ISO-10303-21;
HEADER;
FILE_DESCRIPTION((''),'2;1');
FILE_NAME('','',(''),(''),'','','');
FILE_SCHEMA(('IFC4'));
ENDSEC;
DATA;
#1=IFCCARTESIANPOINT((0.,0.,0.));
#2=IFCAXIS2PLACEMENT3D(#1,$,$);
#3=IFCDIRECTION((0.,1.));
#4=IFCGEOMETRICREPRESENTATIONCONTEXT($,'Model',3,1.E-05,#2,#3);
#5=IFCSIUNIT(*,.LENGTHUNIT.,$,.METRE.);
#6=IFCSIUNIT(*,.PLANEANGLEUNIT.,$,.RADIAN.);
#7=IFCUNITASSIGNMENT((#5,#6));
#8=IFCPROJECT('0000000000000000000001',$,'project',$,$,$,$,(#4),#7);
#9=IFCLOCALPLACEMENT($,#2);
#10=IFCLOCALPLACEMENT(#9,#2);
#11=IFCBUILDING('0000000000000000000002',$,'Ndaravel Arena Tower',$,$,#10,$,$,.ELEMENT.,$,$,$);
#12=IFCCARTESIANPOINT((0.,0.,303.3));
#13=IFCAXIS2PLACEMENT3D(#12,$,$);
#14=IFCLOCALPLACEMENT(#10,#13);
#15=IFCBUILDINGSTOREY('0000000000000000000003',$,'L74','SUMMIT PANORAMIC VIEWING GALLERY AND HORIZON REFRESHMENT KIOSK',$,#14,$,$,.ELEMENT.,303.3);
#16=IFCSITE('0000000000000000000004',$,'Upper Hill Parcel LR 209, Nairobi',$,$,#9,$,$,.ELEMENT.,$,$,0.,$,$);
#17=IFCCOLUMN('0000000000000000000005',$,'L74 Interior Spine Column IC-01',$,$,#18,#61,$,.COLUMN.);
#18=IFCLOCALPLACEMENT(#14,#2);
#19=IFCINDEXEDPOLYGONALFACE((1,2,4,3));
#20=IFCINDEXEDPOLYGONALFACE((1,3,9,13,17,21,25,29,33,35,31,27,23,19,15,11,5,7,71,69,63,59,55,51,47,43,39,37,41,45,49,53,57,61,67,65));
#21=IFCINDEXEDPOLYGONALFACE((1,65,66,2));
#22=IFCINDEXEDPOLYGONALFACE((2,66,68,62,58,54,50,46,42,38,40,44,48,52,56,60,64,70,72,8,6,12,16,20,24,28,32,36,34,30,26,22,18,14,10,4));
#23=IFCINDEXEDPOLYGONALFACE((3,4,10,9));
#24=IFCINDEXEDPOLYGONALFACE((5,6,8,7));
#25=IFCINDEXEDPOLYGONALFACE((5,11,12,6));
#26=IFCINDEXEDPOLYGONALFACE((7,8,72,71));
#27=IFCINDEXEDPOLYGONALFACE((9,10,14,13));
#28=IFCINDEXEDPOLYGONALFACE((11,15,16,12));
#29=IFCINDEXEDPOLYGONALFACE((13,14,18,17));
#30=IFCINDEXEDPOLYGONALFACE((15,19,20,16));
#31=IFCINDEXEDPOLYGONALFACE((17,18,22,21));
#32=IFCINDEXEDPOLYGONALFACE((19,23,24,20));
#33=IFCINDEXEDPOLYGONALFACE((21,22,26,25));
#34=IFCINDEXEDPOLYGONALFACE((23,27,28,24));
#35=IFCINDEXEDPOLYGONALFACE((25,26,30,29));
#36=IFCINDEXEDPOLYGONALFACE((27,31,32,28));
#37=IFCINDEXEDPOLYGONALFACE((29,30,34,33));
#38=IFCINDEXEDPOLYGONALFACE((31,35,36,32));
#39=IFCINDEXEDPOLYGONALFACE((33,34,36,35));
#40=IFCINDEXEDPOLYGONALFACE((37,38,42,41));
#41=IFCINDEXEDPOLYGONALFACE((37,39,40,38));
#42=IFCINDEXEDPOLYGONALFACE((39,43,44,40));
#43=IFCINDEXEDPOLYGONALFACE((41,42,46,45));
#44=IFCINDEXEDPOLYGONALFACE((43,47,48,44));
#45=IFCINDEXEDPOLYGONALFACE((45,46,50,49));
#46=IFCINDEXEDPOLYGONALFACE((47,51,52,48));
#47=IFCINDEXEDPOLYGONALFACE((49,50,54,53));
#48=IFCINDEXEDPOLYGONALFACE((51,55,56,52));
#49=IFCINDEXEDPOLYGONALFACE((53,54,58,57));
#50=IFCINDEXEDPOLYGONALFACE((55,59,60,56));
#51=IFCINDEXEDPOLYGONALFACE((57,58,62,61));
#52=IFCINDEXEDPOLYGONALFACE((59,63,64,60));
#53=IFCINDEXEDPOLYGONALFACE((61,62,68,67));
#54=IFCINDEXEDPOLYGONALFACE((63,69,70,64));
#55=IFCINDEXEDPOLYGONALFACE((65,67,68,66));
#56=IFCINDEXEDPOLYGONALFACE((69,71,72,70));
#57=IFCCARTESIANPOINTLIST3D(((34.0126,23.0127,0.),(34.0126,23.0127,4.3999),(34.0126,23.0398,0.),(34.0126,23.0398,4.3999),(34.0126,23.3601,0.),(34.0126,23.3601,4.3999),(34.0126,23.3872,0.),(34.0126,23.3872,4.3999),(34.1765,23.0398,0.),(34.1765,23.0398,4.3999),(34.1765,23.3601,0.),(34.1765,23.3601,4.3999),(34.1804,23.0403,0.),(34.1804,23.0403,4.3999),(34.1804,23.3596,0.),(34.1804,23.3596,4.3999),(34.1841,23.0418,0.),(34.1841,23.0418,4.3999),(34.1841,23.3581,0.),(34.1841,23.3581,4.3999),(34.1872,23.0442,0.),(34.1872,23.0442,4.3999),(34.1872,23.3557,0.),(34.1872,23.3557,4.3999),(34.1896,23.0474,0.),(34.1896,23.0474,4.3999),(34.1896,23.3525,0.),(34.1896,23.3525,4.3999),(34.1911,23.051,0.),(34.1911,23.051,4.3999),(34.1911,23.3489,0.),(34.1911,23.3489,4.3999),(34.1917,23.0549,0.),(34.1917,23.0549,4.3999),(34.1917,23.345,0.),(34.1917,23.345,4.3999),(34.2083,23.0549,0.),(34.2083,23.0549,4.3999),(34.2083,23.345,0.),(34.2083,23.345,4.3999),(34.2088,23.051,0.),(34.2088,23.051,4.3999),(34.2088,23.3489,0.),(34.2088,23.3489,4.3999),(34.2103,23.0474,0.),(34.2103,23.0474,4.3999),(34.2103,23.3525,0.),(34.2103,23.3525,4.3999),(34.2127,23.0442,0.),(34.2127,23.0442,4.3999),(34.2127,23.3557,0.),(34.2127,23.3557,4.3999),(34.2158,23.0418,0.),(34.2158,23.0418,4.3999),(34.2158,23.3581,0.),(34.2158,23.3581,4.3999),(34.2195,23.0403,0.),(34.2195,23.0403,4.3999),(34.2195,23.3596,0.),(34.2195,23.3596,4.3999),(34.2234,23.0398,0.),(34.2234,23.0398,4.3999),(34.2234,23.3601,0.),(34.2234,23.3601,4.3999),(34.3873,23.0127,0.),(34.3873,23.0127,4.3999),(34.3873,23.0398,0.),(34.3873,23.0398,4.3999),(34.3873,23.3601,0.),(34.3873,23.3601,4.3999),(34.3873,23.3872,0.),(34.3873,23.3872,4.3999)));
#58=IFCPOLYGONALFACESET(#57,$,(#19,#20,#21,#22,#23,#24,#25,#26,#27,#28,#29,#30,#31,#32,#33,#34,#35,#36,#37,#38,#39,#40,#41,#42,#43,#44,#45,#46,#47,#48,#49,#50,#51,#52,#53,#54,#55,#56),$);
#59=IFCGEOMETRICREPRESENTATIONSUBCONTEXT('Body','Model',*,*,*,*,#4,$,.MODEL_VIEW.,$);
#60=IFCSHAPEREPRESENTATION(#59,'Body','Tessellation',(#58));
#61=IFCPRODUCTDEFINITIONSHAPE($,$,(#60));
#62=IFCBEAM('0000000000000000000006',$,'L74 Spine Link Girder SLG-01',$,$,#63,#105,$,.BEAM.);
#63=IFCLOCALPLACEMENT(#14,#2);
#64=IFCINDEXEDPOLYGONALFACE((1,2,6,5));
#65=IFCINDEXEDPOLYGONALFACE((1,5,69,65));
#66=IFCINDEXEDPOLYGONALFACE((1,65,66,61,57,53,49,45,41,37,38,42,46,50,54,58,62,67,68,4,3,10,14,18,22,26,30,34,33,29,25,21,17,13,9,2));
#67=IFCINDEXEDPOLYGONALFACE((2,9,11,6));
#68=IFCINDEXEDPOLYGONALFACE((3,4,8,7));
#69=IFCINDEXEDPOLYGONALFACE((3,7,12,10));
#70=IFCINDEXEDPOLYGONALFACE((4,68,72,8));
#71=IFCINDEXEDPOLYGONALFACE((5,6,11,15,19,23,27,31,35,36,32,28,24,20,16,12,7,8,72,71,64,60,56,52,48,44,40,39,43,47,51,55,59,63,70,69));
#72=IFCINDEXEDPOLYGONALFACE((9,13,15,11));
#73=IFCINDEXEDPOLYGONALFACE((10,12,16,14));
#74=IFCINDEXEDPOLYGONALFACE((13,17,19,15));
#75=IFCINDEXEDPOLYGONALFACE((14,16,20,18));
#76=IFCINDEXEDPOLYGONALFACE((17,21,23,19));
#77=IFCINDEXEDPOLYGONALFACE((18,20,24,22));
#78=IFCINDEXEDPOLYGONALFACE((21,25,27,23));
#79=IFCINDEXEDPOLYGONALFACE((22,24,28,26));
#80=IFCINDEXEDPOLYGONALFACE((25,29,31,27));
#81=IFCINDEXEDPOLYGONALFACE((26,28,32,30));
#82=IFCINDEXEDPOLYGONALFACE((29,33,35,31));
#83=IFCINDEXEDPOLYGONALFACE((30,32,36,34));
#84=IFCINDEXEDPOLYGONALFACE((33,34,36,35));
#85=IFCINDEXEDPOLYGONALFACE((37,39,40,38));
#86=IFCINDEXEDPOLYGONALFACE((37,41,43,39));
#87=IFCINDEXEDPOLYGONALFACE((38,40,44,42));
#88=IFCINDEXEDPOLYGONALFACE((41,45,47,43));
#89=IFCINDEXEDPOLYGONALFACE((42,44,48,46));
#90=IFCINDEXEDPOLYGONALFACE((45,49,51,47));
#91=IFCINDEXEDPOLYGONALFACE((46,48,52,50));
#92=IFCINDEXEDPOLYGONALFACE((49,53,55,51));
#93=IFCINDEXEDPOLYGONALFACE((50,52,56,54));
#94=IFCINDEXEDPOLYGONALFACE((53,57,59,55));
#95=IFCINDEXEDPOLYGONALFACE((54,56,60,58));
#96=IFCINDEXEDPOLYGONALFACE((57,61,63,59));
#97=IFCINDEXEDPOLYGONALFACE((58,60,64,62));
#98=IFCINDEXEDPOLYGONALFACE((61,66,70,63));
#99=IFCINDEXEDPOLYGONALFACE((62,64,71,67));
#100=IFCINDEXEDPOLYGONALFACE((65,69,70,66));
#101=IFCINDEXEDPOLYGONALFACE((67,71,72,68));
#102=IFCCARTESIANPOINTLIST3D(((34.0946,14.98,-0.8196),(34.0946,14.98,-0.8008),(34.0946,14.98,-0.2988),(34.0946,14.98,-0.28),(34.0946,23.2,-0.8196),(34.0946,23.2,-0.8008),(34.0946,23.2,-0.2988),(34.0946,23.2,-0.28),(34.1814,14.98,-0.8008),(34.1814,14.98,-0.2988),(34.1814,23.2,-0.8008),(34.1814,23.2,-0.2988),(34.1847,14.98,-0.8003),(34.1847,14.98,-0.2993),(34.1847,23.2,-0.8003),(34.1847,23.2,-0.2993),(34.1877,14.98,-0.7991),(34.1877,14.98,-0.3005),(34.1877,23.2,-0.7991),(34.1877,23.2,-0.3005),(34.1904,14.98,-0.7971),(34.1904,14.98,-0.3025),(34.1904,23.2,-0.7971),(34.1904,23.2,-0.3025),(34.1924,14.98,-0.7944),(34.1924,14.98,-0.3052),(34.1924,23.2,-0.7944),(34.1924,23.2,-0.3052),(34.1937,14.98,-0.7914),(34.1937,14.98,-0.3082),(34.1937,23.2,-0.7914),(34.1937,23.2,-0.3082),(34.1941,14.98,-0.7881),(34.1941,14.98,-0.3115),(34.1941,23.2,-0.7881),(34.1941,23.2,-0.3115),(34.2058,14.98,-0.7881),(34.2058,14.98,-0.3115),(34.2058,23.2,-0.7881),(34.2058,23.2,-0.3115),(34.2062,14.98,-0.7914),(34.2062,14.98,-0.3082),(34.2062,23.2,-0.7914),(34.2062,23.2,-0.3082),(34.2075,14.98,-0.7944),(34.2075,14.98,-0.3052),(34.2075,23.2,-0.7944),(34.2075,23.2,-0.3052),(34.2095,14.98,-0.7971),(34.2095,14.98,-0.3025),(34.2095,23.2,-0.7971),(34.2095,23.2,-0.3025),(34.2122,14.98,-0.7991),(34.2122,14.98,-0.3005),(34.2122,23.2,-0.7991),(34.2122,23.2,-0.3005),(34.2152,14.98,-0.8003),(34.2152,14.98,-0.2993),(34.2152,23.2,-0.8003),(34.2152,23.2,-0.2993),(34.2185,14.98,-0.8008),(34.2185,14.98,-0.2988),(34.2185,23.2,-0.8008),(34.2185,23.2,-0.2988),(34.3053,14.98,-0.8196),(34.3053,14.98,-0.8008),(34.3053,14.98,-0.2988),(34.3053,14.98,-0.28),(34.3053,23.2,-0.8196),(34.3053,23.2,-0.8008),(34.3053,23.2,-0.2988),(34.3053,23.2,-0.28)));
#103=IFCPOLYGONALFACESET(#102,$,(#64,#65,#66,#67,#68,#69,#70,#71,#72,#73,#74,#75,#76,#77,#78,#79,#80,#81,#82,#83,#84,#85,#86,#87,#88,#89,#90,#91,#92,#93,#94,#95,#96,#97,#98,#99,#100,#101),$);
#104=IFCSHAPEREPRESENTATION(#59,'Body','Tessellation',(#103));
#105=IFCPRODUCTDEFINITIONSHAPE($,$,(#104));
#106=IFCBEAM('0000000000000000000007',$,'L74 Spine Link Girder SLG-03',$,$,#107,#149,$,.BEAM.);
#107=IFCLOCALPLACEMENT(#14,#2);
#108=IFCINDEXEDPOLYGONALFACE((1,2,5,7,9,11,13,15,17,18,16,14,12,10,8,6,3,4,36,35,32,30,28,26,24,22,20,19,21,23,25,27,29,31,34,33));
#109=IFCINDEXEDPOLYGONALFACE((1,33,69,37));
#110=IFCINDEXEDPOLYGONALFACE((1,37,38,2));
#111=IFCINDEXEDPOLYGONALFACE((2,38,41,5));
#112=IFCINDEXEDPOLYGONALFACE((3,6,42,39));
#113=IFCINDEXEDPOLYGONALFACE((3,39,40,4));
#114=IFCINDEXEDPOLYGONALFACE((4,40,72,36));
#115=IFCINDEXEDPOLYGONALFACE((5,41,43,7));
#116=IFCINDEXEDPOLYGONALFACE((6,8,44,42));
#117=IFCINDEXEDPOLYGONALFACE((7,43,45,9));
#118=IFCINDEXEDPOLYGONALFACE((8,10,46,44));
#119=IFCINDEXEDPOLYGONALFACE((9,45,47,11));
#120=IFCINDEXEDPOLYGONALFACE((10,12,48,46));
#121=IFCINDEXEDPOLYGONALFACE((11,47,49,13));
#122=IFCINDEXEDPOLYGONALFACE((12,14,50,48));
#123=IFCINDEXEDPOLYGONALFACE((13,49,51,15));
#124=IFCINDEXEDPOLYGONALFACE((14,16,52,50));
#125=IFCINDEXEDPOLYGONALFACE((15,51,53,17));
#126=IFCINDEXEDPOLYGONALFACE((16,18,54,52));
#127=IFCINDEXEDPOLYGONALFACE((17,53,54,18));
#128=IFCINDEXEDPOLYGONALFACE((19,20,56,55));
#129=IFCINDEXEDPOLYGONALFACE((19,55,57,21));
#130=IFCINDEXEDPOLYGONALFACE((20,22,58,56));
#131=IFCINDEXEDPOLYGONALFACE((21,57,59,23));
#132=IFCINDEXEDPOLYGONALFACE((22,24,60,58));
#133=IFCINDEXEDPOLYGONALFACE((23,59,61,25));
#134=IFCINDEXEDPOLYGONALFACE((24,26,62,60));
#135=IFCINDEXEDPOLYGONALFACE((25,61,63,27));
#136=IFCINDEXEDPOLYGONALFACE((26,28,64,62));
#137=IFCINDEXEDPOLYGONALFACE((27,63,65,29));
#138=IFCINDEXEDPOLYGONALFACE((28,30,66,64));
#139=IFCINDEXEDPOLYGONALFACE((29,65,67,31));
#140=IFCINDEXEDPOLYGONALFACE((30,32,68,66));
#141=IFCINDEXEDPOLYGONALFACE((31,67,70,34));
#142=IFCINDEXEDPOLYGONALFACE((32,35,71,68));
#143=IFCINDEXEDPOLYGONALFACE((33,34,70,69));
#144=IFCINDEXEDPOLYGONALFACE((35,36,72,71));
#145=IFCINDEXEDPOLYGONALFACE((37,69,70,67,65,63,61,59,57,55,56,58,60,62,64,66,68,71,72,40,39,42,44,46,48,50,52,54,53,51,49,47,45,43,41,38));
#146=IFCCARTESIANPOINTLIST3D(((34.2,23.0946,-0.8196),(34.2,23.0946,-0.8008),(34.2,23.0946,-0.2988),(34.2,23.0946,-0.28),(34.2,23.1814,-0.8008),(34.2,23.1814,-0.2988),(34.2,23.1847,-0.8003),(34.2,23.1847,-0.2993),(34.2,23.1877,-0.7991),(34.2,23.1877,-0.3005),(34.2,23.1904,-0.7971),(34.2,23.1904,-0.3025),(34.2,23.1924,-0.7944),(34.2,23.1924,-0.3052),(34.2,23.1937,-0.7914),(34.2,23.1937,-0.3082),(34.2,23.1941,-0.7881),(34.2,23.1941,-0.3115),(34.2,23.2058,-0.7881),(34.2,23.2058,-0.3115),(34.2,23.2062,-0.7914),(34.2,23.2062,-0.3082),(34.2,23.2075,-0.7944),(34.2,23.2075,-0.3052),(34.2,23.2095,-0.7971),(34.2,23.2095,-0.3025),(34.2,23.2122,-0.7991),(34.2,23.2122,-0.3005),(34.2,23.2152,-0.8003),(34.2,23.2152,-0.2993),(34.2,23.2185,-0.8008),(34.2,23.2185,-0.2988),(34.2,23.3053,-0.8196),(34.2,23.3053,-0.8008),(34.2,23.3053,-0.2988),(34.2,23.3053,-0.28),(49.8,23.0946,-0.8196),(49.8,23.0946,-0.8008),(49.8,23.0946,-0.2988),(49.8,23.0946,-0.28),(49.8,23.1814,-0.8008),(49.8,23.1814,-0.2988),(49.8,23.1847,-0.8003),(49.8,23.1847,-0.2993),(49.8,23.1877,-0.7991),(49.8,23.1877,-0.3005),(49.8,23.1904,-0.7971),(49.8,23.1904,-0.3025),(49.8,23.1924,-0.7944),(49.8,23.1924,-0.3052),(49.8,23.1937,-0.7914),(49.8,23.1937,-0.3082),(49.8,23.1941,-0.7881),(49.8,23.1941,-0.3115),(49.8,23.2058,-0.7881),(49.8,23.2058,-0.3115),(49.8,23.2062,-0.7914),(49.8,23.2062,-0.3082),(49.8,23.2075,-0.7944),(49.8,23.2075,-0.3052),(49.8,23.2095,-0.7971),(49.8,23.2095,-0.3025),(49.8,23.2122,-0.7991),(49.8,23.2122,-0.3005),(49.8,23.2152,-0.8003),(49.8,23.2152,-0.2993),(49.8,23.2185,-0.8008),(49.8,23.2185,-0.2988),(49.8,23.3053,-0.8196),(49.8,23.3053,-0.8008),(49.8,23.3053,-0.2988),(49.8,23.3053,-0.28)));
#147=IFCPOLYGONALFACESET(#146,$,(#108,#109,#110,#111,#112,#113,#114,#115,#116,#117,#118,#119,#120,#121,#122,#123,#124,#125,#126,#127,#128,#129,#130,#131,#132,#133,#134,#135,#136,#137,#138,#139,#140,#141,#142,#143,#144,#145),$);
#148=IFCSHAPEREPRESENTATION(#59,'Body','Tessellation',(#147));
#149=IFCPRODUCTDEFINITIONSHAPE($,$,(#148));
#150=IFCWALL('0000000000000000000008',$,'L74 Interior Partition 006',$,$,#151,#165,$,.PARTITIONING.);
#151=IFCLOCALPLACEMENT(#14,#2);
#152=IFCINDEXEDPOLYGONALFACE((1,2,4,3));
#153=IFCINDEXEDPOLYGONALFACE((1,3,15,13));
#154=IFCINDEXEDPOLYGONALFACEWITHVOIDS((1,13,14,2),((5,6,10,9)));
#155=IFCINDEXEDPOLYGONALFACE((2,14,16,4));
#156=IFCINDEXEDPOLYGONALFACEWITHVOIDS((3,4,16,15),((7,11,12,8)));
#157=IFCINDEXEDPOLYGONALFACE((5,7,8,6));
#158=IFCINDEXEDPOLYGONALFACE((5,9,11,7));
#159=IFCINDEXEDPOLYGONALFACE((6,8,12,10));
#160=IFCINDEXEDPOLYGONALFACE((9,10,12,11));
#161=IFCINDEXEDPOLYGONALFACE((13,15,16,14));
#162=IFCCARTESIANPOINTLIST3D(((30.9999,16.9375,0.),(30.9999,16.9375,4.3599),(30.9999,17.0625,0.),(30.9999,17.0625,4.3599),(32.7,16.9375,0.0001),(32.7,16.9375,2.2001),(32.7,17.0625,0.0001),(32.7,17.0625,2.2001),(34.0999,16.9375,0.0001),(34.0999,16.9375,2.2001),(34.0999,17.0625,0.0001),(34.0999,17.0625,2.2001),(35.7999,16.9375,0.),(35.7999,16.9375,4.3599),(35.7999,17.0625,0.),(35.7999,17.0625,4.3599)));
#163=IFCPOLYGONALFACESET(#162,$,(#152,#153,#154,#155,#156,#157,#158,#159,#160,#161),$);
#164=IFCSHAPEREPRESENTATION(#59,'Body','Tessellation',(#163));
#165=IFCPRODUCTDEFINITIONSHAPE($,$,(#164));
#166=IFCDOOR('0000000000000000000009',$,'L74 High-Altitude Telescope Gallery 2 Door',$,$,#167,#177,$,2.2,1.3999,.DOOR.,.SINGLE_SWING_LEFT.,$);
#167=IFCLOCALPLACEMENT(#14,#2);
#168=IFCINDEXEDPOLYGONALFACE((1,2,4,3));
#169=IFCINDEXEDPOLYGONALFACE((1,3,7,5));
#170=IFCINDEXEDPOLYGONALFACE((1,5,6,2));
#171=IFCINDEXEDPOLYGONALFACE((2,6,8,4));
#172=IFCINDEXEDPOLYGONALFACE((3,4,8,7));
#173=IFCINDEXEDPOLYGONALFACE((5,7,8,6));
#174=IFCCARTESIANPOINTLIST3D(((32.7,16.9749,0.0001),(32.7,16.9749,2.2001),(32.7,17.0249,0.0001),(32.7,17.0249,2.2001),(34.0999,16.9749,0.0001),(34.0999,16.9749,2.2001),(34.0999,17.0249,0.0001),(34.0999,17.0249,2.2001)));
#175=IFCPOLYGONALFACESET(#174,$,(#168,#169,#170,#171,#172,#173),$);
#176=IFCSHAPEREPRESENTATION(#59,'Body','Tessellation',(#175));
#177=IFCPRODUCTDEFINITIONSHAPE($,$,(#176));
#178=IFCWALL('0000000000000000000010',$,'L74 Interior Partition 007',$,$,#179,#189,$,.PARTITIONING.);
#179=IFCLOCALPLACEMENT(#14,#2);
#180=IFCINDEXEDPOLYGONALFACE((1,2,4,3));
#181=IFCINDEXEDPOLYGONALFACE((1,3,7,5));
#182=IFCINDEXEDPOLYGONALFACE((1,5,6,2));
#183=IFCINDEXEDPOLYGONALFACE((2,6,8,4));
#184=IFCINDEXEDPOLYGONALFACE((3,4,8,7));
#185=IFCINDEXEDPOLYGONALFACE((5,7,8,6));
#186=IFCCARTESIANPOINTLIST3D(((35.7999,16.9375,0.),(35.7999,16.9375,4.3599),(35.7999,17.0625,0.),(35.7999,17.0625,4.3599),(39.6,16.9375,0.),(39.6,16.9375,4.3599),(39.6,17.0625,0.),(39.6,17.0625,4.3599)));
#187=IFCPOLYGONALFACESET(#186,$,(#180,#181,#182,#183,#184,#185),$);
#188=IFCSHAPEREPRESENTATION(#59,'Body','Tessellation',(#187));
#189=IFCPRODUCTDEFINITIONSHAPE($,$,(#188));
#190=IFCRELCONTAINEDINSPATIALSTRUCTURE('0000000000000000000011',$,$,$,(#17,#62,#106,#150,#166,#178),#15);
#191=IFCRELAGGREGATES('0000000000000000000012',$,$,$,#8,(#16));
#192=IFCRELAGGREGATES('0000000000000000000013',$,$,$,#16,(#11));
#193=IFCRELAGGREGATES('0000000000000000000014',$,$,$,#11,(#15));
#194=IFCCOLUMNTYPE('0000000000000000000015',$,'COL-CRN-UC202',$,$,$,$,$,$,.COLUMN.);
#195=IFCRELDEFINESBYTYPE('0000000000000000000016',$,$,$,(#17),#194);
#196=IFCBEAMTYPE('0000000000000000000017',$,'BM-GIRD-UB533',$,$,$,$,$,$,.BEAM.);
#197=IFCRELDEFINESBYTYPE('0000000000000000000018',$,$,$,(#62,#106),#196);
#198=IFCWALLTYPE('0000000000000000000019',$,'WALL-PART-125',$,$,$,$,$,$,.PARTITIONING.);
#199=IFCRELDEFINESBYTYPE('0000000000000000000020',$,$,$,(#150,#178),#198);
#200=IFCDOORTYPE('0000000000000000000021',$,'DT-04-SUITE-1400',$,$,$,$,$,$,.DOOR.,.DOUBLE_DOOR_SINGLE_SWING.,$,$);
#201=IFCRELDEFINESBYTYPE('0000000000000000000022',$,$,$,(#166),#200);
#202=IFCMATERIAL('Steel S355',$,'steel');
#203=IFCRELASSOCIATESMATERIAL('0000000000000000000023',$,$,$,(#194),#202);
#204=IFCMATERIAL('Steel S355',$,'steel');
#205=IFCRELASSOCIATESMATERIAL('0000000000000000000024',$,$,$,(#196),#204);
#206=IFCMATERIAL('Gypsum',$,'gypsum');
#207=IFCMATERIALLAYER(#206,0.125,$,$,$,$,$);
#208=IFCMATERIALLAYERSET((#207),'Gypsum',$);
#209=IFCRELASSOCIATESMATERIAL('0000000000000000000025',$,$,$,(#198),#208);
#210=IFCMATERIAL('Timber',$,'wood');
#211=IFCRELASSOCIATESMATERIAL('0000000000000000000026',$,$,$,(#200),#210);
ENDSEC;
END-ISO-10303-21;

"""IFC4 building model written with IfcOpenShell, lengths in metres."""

from ifc_helpers import new_model, si_unit, direction, frame, frame_2d, origin, origin_2d, place, context, subcontext, project, spatial, rectangle, i_section, extrude, material, layer, layer_set, material_profile, profile_set, type_object, element, fill, save


model = new_model("IFC4")

# Units and contexts
model_context = context("Model", 3, precision=1e-05, world=origin(), true_north=direction((0.0, 1.0)))
body_context = subcontext(model_context, "Body", "Model", "MODEL_VIEW")
ifc_project = project(units=[si_unit("LENGTHUNIT", "METRE"), si_unit("PLANEANGLEUNIT", "RADIAN")], contexts=[model_context])

# Site, building, storey
site_placement = place(None, origin())
site = spatial("IfcSite", under=ifc_project, at=site_placement, Name="Upper Hill Parcel LR 209, Nairobi", CompositionType="ELEMENT", RefElevation=0.0)
building_placement = place(site_placement, origin())
building = spatial("IfcBuilding", under=site, at=building_placement, Name="Ndaravel Arena Tower", CompositionType="ELEMENT")
storey_placement = place(building_placement, frame((0.0, 0.0, 303.3)))
storey = spatial("IfcBuildingStorey", under=building, at=storey_placement, Name="L74", Description="SUMMIT PANORAMIC VIEWING GALLERY AND HORIZON REFRESHMENT KIOSK", CompositionType="ELEMENT", Elevation=303.3)

# Column
ifc_material_1 = material(Name="Steel S355", Category="steel")
ifc_material_profile_1 = material_profile(ifc_material_1, i_section(OverallWidth=0.3748, OverallDepth=0.3745, WebThickness=0.0166, FlangeThickness=0.0271, FilletRadius=0.0151, at=origin_2d()), Name="UC 356x368x202")
ifc_profile_set_1 = profile_set([ifc_material_profile_1], Name="Steel S355")
column_type = type_object("IfcColumnType", Name="COL-CRN-UC202", PredefinedType="COLUMN", material=ifc_profile_set_1)
column_placement = place(storey_placement, frame((34.2, 23.2, 0.0), z_axis=(0.0, 0.0, 1.0), x_axis=(1.0, 0.0, 0.0)))
element("IfcColumn", 1, at=column_placement, inside=storey, type_object=column_type, Name="L74 Interior Spine Column IC-01", PredefinedType="COLUMN", context=body_context, shape_type="SweptSolid", body=[
    extrude(i_section(OverallWidth=0.3748, OverallDepth=0.3745, WebThickness=0.0166, FlangeThickness=0.0271, FilletRadius=0.0151, at=origin_2d()), origin(), (0.0, 0.0, 1.0), 4.3999),
])

# Beams
ifc_material_2 = material(Name="Steel S355", Category="steel")
ifc_material_profile_2 = material_profile(ifc_material_2, i_section(OverallWidth=0.2107, OverallDepth=0.5396, WebThickness=0.0117, FlangeThickness=0.0188, FilletRadius=0.0127, at=origin_2d()), Name="UB 533x210x109")
ifc_profile_set_2 = profile_set([ifc_material_profile_2], Name="Steel S355")
beam_type = type_object("IfcBeamType", Name="BM-GIRD-UB533", PredefinedType="BEAM", material=ifc_profile_set_2)
beam_1_placement = place(storey_placement, frame((34.2, 14.98, -0.5498), z_axis=(0.0, 1.0, 0.0), x_axis=(-1.0, 0.0, 0.0)))
element("IfcBeam", 2, at=beam_1_placement, inside=storey, type_object=beam_type, Name="L74 Spine Link Girder SLG-01", PredefinedType="BEAM", context=body_context, shape_type="SweptSolid", body=[
    extrude(i_section(OverallWidth=0.2107, OverallDepth=0.5396, WebThickness=0.0117, FlangeThickness=0.0188, FilletRadius=0.0127, at=origin_2d()), origin(), (0.0, 0.0, 1.0), 8.22),
])
beam_2_placement = place(storey_placement, frame((34.2, 23.2, -0.5498), z_axis=(1.0, 0.0, 0.0), x_axis=(0.0, 1.0, 0.0)))
element("IfcBeam", 3, at=beam_2_placement, inside=storey, type_object=beam_type, Name="L74 Spine Link Girder SLG-03", PredefinedType="BEAM", context=body_context, shape_type="SweptSolid", body=[
    extrude(i_section(OverallWidth=0.2107, OverallDepth=0.5396, WebThickness=0.0117, FlangeThickness=0.0188, FilletRadius=0.0127, at=origin_2d()), origin(), (0.0, 0.0, 1.0), 15.6001),
])

# Wall, opening, door
ifc_material_3 = material(Name="Gypsum", Category="gypsum")
ifc_layer_1 = layer(ifc_material_3, 0.125)
ifc_layer_set_1 = layer_set([ifc_layer_1], Name="Gypsum")
wall_type_1 = type_object("IfcWallType", Name="WALL-PART-125", PredefinedType="PARTITIONING", material=ifc_layer_set_1)
wall_1_placement = place(storey_placement, frame((31.0, 17.0, 0.0), z_axis=(0.0, 0.0, 1.0), x_axis=(1.0, 0.0, 0.0)))
wall_1 = element("IfcWall", 4, at=wall_1_placement, inside=storey, type_object=wall_type_1, Name="L74 Interior Partition 006", PredefinedType="PARTITIONING", context=body_context, shape_type="SweptSolid", body=[
    extrude(rectangle(XDim=4.8, YDim=0.125, at=frame_2d((2.3999, 0.0))), origin(), (0.0, 0.0, 1.0), 4.3599),
])
opening_1_placement = place(wall_1_placement, frame((1.7, 0.0, 0.0)))
opening_1 = element("IfcOpeningElement", 5, at=opening_1_placement, cuts=wall_1, PredefinedType="OPENING", context=body_context, shape_type="SweptSolid", body=[
    extrude(rectangle(XDim=1.3999, YDim=2.2, at=frame_2d((0.7, 1.1001))), frame((0.0, 0.0625, 0.0), z_axis=(0.0, -1.0, 0.0), x_axis=(1.0, 0.0, 0.0)), (0.0, 0.0, 1.0), 0.125),
])
ifc_material_4 = material(Name="Timber", Category="wood")
door_type_1 = type_object("IfcDoorType", Name="DT-04-SUITE-1400", OperationType="DOUBLE_DOOR_SINGLE_SWING", PredefinedType="DOOR", material=ifc_material_4)
door_1_placement = place(opening_1_placement, origin())
door_1 = element("IfcDoor", 6, at=door_1_placement, inside=storey, type_object=door_type_1, Name="L74 High-Altitude Telescope Gallery 2 Door", OperationType="SINGLE_SWING_LEFT", OverallHeight=2.2, OverallWidth=1.3999, PredefinedType="DOOR", context=body_context, shape_type="SweptSolid", body=[
    extrude(rectangle(XDim=1.3999, YDim=2.2, at=frame_2d((0.7, 1.1001))), frame((0.0, 0.0249, 0.0), z_axis=(0.0, -1.0, 0.0), x_axis=(1.0, 0.0, 0.0)), (0.0, 0.0, 1.0), 0.05),
])
fill(opening_1, door_1)

# Wall
wall_2_placement = place(storey_placement, frame((35.8, 17.0, 0.0), z_axis=(0.0, 0.0, 1.0), x_axis=(1.0, 0.0, 0.0)))
element("IfcWall", 7, at=wall_2_placement, inside=storey, type_object=wall_type_1, Name="L74 Interior Partition 007", PredefinedType="PARTITIONING", context=body_context, shape_type="SweptSolid", body=[
    extrude(rectangle(XDim=3.8, YDim=0.125, at=frame_2d((1.8999, 0.0))), origin(), (0.0, 0.0, 1.0), 4.3599),
])

save(model, "model.ifc")
